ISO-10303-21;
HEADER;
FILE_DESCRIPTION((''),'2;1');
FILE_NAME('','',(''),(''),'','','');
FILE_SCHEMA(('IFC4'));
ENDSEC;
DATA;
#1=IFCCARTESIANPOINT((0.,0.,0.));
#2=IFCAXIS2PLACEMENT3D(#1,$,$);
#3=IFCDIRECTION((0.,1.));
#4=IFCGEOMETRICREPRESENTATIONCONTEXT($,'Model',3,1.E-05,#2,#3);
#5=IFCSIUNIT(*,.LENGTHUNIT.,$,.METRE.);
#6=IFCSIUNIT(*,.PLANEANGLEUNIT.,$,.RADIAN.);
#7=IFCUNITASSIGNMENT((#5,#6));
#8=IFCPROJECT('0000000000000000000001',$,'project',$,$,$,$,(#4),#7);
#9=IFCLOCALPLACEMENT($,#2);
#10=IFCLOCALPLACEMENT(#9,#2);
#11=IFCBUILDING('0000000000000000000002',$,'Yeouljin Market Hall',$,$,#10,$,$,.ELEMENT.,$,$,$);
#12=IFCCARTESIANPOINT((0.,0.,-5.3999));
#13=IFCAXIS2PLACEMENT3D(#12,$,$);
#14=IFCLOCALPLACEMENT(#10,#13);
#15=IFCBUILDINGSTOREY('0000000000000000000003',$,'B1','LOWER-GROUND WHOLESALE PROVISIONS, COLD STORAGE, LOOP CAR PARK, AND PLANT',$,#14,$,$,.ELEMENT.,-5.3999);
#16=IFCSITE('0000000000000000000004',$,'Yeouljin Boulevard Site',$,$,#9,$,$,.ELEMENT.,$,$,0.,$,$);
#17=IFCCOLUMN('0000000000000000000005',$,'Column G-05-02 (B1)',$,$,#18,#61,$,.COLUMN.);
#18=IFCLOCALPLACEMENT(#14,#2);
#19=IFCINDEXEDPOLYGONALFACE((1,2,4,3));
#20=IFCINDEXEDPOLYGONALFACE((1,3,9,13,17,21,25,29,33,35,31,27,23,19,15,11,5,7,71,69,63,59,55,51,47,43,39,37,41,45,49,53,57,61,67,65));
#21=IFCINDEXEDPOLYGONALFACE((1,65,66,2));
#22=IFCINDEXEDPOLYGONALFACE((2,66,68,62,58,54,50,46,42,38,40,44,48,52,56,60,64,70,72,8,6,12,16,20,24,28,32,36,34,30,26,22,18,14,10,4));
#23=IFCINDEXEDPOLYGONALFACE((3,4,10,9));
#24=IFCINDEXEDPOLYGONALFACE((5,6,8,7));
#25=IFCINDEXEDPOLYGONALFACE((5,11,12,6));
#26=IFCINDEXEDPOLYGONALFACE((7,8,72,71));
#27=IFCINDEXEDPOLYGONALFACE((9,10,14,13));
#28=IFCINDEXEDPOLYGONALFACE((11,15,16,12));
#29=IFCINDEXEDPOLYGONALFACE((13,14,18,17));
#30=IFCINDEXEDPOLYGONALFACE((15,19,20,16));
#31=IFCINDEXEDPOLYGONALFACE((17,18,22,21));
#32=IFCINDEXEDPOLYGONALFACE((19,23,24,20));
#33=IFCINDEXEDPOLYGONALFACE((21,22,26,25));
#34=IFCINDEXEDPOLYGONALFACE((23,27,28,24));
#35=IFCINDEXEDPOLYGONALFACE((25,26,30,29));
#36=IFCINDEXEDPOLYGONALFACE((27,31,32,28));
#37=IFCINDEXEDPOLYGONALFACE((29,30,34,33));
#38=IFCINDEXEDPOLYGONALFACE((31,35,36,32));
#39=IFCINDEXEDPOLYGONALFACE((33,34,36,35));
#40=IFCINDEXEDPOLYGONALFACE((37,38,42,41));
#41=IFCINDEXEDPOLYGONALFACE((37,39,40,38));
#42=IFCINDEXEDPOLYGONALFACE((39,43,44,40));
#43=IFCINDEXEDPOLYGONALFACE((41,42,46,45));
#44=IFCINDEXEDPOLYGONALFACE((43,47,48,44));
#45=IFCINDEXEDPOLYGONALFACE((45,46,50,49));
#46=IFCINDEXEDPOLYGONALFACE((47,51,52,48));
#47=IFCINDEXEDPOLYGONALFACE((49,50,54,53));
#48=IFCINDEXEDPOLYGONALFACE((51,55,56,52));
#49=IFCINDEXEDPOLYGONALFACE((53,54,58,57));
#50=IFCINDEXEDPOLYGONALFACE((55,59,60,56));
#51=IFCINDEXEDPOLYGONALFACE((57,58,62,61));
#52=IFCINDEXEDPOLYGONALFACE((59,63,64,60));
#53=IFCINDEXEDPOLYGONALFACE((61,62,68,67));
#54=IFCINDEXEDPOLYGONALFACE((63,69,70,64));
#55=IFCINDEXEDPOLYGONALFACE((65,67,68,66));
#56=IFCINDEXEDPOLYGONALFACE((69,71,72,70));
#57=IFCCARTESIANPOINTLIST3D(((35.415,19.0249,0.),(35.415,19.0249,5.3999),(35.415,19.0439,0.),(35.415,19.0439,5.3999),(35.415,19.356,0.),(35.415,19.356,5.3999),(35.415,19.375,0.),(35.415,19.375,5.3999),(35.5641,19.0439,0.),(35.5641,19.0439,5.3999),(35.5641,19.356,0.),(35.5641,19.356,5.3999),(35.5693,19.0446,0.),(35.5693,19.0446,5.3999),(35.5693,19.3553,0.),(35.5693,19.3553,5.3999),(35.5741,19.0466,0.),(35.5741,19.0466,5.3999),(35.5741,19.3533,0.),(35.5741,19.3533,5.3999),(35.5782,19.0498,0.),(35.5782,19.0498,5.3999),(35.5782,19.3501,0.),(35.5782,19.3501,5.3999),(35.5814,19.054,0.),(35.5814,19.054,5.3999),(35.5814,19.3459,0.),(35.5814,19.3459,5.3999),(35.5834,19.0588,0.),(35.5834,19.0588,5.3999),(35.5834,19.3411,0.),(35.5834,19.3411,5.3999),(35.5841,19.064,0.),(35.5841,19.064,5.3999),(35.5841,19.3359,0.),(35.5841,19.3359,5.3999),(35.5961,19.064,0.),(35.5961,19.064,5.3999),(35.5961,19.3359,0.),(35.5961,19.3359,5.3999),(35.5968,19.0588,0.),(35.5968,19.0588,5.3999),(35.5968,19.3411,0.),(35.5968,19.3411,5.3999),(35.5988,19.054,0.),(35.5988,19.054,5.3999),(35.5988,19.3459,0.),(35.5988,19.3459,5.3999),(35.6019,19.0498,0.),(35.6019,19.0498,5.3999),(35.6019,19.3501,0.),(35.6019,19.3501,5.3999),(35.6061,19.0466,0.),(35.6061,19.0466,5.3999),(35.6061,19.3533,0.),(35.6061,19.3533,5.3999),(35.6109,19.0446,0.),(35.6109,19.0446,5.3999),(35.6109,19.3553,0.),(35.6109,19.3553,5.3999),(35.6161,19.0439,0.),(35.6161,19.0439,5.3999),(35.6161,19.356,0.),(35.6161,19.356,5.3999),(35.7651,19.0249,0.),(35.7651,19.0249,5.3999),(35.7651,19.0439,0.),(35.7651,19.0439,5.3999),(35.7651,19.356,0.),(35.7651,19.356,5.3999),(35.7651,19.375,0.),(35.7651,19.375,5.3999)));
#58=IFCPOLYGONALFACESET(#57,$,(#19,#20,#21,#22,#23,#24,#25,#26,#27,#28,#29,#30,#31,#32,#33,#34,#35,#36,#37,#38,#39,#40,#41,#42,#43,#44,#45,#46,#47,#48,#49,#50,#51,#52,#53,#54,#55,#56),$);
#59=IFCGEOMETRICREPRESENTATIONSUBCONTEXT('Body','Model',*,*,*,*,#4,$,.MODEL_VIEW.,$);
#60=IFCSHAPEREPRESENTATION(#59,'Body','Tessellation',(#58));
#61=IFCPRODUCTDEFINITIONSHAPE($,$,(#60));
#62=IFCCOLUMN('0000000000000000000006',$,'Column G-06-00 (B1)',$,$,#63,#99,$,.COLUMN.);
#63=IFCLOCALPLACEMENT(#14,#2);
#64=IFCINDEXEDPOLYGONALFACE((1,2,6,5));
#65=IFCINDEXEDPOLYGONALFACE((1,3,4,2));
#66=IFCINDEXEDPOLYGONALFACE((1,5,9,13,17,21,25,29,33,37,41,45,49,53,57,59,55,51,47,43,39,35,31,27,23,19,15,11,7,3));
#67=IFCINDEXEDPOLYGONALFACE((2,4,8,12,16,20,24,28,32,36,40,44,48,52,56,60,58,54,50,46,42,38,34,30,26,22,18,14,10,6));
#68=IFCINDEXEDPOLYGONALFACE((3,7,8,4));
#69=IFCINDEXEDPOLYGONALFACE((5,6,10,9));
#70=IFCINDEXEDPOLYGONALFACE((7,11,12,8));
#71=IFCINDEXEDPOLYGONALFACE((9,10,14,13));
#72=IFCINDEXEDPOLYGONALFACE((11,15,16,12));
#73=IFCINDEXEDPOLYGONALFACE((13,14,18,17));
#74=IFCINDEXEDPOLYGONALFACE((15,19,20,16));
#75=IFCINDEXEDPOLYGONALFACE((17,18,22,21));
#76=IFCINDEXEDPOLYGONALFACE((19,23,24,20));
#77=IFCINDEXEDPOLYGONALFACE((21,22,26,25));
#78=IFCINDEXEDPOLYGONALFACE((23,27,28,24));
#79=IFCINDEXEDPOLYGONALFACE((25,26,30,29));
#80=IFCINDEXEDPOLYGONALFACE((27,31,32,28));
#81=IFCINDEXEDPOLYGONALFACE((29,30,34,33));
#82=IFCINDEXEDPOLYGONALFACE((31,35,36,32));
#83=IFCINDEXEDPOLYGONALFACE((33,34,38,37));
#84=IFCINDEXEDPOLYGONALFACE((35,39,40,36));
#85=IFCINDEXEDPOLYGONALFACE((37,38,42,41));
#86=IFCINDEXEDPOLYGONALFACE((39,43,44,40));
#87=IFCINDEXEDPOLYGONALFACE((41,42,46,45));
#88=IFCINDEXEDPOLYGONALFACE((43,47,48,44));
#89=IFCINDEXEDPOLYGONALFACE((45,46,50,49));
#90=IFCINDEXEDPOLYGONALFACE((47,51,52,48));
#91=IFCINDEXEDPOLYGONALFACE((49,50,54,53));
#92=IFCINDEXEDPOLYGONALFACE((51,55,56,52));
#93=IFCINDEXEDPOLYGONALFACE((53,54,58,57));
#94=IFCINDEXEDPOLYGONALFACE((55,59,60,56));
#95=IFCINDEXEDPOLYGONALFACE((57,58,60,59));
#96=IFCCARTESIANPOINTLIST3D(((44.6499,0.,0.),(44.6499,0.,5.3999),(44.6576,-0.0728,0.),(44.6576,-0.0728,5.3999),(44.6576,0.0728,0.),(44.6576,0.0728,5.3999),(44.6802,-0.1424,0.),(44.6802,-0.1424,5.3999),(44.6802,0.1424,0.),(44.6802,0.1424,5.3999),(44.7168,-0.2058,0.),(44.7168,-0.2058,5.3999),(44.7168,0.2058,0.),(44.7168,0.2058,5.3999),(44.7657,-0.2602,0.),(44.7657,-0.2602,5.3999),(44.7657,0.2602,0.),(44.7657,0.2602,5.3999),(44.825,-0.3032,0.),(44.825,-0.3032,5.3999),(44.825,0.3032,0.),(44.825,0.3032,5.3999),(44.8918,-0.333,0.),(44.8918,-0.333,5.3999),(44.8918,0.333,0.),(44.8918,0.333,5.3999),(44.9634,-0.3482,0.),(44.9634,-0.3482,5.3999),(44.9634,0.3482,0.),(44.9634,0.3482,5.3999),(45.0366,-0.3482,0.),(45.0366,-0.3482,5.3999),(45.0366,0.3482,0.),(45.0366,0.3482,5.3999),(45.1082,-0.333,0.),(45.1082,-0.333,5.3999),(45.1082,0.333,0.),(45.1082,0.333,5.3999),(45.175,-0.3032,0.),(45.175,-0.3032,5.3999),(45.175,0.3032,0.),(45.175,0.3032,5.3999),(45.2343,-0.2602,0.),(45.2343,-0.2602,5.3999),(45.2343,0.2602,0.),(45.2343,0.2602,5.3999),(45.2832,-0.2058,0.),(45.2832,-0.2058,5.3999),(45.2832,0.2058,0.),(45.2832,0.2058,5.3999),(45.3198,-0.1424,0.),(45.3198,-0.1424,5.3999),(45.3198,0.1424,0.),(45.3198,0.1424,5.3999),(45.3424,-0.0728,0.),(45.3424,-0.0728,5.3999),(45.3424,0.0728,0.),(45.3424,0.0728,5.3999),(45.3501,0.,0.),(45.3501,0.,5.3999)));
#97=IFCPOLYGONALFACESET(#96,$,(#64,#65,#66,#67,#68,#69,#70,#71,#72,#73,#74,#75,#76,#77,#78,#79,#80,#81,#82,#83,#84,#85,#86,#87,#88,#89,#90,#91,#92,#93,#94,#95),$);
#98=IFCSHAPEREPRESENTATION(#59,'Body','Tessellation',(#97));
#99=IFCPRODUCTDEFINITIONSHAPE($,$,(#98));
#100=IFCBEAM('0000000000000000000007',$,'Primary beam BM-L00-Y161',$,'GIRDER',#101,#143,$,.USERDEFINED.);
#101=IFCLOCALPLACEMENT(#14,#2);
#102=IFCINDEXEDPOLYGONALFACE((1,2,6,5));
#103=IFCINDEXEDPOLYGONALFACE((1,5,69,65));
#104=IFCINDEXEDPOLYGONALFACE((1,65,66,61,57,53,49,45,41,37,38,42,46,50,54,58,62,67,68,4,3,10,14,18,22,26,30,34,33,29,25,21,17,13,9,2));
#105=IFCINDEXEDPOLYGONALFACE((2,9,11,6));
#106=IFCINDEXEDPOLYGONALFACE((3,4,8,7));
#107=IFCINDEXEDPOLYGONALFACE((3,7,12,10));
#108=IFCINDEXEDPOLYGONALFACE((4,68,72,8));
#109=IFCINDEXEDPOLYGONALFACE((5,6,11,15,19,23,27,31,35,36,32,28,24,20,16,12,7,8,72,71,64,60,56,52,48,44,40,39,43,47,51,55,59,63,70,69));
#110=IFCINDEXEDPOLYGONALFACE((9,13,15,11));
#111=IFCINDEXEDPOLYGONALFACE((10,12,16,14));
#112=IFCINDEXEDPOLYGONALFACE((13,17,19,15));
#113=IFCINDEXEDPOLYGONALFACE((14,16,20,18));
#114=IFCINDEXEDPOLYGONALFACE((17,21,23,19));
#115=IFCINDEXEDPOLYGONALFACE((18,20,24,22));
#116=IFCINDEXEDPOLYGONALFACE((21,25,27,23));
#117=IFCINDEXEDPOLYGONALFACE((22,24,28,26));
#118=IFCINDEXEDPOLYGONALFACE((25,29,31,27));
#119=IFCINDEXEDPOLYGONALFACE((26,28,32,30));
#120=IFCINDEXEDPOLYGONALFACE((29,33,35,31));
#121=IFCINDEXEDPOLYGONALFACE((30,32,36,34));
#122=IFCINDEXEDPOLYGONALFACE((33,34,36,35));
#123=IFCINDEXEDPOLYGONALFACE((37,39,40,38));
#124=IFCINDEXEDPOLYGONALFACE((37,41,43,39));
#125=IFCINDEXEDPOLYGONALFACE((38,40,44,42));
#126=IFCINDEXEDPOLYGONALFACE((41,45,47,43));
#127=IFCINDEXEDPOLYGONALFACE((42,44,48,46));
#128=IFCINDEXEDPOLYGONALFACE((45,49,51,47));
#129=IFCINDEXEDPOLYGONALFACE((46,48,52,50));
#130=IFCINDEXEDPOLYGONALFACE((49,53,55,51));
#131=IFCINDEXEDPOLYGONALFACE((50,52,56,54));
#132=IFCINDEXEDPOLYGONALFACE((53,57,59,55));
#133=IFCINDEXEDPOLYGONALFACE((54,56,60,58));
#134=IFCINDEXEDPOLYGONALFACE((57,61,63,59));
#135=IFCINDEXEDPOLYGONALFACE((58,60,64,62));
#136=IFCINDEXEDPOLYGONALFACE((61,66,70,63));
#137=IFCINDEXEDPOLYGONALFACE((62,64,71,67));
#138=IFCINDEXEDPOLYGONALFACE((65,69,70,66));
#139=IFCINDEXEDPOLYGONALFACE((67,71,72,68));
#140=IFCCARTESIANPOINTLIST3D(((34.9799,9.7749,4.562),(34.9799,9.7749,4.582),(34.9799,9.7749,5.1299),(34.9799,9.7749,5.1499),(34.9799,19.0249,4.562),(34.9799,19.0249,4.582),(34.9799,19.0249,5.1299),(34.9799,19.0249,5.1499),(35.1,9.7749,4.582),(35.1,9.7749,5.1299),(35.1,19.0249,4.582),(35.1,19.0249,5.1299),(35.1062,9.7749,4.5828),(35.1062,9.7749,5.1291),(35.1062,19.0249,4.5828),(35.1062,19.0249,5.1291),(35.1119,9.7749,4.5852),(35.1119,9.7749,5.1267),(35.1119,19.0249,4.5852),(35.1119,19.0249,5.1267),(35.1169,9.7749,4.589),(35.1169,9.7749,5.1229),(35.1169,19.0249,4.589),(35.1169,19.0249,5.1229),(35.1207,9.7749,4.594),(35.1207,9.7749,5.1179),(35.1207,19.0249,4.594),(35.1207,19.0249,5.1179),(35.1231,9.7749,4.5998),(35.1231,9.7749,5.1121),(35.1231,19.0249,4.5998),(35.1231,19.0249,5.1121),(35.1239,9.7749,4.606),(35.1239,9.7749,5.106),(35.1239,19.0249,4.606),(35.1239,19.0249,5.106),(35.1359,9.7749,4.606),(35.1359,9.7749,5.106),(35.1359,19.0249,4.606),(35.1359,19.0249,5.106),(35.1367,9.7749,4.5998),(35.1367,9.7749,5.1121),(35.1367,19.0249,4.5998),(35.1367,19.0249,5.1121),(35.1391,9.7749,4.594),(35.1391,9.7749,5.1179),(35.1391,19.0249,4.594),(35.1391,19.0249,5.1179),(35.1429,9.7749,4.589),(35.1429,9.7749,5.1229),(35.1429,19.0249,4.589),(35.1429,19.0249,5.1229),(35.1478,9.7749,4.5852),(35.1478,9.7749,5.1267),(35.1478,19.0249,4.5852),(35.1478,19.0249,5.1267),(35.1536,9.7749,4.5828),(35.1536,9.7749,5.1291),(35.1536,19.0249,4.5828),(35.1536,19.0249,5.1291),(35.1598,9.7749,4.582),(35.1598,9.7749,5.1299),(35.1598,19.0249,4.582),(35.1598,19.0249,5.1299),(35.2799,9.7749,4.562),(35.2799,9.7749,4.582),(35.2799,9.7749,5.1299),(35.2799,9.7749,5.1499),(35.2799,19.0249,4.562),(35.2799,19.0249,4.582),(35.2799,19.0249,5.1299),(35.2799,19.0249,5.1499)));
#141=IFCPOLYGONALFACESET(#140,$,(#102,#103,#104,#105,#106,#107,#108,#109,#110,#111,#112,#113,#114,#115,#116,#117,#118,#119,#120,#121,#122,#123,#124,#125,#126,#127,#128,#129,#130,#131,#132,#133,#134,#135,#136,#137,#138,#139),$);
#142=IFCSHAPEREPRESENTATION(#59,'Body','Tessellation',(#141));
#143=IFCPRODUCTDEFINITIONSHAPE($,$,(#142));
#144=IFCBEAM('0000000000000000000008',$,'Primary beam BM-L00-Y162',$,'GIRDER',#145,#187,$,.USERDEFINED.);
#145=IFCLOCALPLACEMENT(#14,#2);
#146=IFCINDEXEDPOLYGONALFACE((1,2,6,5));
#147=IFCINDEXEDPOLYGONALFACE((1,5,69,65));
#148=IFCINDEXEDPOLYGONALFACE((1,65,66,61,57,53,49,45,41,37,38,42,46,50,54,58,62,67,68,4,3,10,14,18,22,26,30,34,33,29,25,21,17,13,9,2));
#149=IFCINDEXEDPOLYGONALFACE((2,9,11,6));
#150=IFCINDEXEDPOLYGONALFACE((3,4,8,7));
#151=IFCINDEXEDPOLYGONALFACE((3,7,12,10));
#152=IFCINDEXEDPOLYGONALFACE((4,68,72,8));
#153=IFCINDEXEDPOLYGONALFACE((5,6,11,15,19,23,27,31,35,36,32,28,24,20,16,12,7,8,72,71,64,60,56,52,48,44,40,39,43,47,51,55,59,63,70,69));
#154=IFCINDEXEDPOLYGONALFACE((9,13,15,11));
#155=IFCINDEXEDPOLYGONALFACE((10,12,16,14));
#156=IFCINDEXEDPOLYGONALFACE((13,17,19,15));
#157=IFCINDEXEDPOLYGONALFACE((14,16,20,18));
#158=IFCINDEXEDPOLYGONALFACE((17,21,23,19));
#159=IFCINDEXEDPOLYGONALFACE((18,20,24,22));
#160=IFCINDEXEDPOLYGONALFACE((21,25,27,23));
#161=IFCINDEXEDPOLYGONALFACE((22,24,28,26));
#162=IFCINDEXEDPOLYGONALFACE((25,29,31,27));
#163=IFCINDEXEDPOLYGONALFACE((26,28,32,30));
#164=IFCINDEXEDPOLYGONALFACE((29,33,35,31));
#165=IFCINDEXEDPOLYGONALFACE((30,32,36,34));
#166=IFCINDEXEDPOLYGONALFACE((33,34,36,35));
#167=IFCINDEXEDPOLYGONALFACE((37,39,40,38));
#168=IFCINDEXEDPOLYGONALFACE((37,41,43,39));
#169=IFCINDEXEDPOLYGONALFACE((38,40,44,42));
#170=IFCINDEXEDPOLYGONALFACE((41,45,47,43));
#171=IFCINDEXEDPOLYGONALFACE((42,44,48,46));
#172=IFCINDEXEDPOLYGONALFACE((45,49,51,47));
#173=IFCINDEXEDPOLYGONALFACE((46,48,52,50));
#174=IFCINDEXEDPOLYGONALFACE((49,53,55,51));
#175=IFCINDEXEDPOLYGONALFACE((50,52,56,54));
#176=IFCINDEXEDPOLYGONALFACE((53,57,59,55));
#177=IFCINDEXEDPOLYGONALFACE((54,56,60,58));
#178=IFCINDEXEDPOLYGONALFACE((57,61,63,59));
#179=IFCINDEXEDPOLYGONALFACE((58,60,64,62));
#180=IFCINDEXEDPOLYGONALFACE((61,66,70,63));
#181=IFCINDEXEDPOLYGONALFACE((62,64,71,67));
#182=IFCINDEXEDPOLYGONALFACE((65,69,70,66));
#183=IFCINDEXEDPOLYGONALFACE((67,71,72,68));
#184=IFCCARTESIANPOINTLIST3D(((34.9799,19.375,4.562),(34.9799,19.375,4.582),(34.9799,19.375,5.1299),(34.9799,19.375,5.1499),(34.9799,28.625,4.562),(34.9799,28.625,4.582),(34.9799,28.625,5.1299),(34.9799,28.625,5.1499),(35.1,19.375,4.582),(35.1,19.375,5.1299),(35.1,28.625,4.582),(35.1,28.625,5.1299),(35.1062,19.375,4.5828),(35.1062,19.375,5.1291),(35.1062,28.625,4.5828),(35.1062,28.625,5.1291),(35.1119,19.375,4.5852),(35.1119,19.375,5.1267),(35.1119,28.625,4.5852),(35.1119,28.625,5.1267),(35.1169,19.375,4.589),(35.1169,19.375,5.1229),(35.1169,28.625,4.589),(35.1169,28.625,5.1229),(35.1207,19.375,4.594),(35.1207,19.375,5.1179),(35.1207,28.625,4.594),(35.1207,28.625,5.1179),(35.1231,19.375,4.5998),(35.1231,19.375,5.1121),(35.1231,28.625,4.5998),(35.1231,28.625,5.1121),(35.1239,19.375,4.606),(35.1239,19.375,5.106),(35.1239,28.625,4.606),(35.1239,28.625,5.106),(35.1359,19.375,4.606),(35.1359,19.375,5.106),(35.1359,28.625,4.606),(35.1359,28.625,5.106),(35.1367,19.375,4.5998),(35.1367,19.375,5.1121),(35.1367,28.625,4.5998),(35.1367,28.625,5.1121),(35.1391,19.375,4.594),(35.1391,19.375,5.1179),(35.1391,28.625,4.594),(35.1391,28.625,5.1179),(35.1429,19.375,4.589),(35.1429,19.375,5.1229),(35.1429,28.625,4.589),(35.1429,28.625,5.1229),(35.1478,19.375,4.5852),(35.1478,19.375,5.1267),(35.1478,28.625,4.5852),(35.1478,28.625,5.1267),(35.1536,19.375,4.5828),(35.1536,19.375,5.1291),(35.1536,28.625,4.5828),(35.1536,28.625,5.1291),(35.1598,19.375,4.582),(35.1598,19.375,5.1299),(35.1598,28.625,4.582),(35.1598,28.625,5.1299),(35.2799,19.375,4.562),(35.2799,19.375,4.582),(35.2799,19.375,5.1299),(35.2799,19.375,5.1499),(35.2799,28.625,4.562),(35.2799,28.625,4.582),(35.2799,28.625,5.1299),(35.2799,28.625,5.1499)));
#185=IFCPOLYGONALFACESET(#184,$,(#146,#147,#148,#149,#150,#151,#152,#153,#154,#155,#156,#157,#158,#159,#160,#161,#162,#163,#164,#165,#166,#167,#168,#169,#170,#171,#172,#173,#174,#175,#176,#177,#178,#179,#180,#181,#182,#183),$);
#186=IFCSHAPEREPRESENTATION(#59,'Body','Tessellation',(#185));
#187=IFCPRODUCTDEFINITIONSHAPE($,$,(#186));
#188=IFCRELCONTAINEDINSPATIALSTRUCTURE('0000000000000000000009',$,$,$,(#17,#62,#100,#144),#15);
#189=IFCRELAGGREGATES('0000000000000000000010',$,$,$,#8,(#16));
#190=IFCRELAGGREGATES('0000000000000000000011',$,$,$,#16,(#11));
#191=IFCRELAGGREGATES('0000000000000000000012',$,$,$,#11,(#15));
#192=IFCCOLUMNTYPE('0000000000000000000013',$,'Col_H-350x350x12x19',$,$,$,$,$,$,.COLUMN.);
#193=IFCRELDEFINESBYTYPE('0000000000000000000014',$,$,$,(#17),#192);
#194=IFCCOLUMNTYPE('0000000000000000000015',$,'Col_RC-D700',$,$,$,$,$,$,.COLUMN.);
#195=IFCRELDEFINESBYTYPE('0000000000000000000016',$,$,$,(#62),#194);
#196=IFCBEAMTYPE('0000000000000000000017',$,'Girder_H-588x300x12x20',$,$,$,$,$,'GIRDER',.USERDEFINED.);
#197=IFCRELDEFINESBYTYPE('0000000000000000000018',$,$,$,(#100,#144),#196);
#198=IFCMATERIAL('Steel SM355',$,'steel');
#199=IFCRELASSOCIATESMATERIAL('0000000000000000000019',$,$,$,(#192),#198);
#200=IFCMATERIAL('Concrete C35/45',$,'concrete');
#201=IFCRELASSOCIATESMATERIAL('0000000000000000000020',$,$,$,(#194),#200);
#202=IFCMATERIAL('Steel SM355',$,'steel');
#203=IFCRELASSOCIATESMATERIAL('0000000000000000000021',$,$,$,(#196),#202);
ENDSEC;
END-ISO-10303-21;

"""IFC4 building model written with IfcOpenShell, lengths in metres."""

from ifc_helpers import new_model, si_unit, direction, frame, origin, origin_2d, place, context, subcontext, project, spatial, circle, i_section, extrude, material, material_profile, profile_set, type_object, element, save


model = new_model("IFC4")

# Units and contexts
model_context = context("Model", 3, precision=1e-05, world=origin(), true_north=direction((0.0, 1.0)))
body_context = subcontext(model_context, "Body", "Model", "MODEL_VIEW")
ifc_project = project(units=[si_unit("LENGTHUNIT", "METRE"), si_unit("PLANEANGLEUNIT", "RADIAN")], contexts=[model_context])

# Site, building, storey
site_placement = place(None, origin())
site = spatial("IfcSite", under=ifc_project, at=site_placement, Name="Yeouljin Boulevard Site", CompositionType="ELEMENT", RefElevation=0.0)
building_placement = place(site_placement, origin())
building = spatial("IfcBuilding", under=site, at=building_placement, Name="Yeouljin Market Hall", CompositionType="ELEMENT")
storey_placement = place(building_placement, frame((0.0, 0.0, -5.3999)))
storey = spatial("IfcBuildingStorey", under=building, at=storey_placement, Name="B1", Description="LOWER-GROUND WHOLESALE PROVISIONS, COLD STORAGE, LOOP CAR PARK, AND PLANT", CompositionType="ELEMENT", Elevation=-5.3999)

# Columns
ifc_material_1 = material(Name="Steel SM355", Category="steel")
ifc_material_profile_1 = material_profile(ifc_material_1, i_section(OverallWidth=0.3501, OverallDepth=0.3501, WebThickness=0.012, FlangeThickness=0.019, FilletRadius=0.02, at=origin_2d()), Name="H-350x350x12x19")
ifc_profile_set_1 = profile_set([ifc_material_profile_1], Name="Steel SM355")
column_type_1 = type_object("IfcColumnType", Name="Col_H-350x350x12x19", PredefinedType="COLUMN", material=ifc_profile_set_1)
for number, where, z_axis, x_axis, name in (
    (1, (35.5901, 19.2, 0.0), (0.0, 0.0, 1.0), (1.0, 0.0, 0.0), "Column G-05-02 (B1)"),
):
    element("IfcColumn", number, at=place(storey_placement, frame(where, z_axis=z_axis, x_axis=x_axis)), inside=storey, type_object=column_type_1, Name=name, PredefinedType="COLUMN", context=body_context, shape_type="SweptSolid", body=[
        extrude(i_section(OverallWidth=0.3501, OverallDepth=0.3501, WebThickness=0.012, FlangeThickness=0.019, FilletRadius=0.02, at=origin_2d()), origin(), (0.0, 0.0, 1.0), 5.3999),
    ])
ifc_material_2 = material(Name="Concrete C35/45", Category="concrete")
ifc_material_profile_2 = material_profile(ifc_material_2, circle(Radius=0.3501, at=origin_2d()), Name="RC-D700")
ifc_profile_set_2 = profile_set([ifc_material_profile_2], Name="Concrete C35/45")
column_type_2 = type_object("IfcColumnType", Name="Col_RC-D700", PredefinedType="COLUMN", material=ifc_profile_set_2)
column_placement = place(storey_placement, frame((45.0, 0.0, 0.0), z_axis=(0.0, 0.0, 1.0), x_axis=(1.0, 0.0, 0.0)))
element("IfcColumn", 2, at=column_placement, inside=storey, type_object=column_type_2, Name="Column G-06-00 (B1)", PredefinedType="COLUMN", context=body_context, shape_type="SweptSolid", body=[
    extrude(circle(Radius=0.3501, at=origin_2d()), origin(), (0.0, 0.0, 1.0), 5.3999),
])

# Beams
ifc_material_3 = material(Name="Steel SM355", Category="steel")
ifc_material_profile_3 = material_profile(ifc_material_3, i_section(OverallWidth=0.3, OverallDepth=0.5879, WebThickness=0.012, FlangeThickness=0.02, FilletRadius=0.0239, at=origin_2d()), Name="H-588x300x12x20")
ifc_profile_set_3 = profile_set([ifc_material_profile_3], Name="Steel SM355")
beam_type_1 = type_object("IfcBeamType", Name="Girder_H-588x300x12x20", ElementType="GIRDER", PredefinedType="USERDEFINED", material=ifc_profile_set_3)
for number, where, z_axis, x_axis, name in (
    (3, (35.1299, 9.7749, 4.856), (0.0, 1.0, 0.0), (-1.0, 0.0, 0.0), "Primary beam BM-L00-Y161"),
    (4, (35.1299, 19.375, 4.856), (0.0, 1.0, 0.0), (-1.0, 0.0, 0.0), "Primary beam BM-L00-Y162"),
):
    element("IfcBeam", number, at=place(storey_placement, frame(where, z_axis=z_axis, x_axis=x_axis)), inside=storey, type_object=beam_type_1, Name=name, ObjectType="GIRDER", PredefinedType="USERDEFINED", context=body_context, shape_type="SweptSolid", body=[
        extrude(i_section(OverallWidth=0.3, OverallDepth=0.5879, WebThickness=0.012, FlangeThickness=0.02, FilletRadius=0.0239, at=origin_2d()), origin(), (0.0, 0.0, 1.0), 9.25),
    ])

save(model, "model.ifc")
